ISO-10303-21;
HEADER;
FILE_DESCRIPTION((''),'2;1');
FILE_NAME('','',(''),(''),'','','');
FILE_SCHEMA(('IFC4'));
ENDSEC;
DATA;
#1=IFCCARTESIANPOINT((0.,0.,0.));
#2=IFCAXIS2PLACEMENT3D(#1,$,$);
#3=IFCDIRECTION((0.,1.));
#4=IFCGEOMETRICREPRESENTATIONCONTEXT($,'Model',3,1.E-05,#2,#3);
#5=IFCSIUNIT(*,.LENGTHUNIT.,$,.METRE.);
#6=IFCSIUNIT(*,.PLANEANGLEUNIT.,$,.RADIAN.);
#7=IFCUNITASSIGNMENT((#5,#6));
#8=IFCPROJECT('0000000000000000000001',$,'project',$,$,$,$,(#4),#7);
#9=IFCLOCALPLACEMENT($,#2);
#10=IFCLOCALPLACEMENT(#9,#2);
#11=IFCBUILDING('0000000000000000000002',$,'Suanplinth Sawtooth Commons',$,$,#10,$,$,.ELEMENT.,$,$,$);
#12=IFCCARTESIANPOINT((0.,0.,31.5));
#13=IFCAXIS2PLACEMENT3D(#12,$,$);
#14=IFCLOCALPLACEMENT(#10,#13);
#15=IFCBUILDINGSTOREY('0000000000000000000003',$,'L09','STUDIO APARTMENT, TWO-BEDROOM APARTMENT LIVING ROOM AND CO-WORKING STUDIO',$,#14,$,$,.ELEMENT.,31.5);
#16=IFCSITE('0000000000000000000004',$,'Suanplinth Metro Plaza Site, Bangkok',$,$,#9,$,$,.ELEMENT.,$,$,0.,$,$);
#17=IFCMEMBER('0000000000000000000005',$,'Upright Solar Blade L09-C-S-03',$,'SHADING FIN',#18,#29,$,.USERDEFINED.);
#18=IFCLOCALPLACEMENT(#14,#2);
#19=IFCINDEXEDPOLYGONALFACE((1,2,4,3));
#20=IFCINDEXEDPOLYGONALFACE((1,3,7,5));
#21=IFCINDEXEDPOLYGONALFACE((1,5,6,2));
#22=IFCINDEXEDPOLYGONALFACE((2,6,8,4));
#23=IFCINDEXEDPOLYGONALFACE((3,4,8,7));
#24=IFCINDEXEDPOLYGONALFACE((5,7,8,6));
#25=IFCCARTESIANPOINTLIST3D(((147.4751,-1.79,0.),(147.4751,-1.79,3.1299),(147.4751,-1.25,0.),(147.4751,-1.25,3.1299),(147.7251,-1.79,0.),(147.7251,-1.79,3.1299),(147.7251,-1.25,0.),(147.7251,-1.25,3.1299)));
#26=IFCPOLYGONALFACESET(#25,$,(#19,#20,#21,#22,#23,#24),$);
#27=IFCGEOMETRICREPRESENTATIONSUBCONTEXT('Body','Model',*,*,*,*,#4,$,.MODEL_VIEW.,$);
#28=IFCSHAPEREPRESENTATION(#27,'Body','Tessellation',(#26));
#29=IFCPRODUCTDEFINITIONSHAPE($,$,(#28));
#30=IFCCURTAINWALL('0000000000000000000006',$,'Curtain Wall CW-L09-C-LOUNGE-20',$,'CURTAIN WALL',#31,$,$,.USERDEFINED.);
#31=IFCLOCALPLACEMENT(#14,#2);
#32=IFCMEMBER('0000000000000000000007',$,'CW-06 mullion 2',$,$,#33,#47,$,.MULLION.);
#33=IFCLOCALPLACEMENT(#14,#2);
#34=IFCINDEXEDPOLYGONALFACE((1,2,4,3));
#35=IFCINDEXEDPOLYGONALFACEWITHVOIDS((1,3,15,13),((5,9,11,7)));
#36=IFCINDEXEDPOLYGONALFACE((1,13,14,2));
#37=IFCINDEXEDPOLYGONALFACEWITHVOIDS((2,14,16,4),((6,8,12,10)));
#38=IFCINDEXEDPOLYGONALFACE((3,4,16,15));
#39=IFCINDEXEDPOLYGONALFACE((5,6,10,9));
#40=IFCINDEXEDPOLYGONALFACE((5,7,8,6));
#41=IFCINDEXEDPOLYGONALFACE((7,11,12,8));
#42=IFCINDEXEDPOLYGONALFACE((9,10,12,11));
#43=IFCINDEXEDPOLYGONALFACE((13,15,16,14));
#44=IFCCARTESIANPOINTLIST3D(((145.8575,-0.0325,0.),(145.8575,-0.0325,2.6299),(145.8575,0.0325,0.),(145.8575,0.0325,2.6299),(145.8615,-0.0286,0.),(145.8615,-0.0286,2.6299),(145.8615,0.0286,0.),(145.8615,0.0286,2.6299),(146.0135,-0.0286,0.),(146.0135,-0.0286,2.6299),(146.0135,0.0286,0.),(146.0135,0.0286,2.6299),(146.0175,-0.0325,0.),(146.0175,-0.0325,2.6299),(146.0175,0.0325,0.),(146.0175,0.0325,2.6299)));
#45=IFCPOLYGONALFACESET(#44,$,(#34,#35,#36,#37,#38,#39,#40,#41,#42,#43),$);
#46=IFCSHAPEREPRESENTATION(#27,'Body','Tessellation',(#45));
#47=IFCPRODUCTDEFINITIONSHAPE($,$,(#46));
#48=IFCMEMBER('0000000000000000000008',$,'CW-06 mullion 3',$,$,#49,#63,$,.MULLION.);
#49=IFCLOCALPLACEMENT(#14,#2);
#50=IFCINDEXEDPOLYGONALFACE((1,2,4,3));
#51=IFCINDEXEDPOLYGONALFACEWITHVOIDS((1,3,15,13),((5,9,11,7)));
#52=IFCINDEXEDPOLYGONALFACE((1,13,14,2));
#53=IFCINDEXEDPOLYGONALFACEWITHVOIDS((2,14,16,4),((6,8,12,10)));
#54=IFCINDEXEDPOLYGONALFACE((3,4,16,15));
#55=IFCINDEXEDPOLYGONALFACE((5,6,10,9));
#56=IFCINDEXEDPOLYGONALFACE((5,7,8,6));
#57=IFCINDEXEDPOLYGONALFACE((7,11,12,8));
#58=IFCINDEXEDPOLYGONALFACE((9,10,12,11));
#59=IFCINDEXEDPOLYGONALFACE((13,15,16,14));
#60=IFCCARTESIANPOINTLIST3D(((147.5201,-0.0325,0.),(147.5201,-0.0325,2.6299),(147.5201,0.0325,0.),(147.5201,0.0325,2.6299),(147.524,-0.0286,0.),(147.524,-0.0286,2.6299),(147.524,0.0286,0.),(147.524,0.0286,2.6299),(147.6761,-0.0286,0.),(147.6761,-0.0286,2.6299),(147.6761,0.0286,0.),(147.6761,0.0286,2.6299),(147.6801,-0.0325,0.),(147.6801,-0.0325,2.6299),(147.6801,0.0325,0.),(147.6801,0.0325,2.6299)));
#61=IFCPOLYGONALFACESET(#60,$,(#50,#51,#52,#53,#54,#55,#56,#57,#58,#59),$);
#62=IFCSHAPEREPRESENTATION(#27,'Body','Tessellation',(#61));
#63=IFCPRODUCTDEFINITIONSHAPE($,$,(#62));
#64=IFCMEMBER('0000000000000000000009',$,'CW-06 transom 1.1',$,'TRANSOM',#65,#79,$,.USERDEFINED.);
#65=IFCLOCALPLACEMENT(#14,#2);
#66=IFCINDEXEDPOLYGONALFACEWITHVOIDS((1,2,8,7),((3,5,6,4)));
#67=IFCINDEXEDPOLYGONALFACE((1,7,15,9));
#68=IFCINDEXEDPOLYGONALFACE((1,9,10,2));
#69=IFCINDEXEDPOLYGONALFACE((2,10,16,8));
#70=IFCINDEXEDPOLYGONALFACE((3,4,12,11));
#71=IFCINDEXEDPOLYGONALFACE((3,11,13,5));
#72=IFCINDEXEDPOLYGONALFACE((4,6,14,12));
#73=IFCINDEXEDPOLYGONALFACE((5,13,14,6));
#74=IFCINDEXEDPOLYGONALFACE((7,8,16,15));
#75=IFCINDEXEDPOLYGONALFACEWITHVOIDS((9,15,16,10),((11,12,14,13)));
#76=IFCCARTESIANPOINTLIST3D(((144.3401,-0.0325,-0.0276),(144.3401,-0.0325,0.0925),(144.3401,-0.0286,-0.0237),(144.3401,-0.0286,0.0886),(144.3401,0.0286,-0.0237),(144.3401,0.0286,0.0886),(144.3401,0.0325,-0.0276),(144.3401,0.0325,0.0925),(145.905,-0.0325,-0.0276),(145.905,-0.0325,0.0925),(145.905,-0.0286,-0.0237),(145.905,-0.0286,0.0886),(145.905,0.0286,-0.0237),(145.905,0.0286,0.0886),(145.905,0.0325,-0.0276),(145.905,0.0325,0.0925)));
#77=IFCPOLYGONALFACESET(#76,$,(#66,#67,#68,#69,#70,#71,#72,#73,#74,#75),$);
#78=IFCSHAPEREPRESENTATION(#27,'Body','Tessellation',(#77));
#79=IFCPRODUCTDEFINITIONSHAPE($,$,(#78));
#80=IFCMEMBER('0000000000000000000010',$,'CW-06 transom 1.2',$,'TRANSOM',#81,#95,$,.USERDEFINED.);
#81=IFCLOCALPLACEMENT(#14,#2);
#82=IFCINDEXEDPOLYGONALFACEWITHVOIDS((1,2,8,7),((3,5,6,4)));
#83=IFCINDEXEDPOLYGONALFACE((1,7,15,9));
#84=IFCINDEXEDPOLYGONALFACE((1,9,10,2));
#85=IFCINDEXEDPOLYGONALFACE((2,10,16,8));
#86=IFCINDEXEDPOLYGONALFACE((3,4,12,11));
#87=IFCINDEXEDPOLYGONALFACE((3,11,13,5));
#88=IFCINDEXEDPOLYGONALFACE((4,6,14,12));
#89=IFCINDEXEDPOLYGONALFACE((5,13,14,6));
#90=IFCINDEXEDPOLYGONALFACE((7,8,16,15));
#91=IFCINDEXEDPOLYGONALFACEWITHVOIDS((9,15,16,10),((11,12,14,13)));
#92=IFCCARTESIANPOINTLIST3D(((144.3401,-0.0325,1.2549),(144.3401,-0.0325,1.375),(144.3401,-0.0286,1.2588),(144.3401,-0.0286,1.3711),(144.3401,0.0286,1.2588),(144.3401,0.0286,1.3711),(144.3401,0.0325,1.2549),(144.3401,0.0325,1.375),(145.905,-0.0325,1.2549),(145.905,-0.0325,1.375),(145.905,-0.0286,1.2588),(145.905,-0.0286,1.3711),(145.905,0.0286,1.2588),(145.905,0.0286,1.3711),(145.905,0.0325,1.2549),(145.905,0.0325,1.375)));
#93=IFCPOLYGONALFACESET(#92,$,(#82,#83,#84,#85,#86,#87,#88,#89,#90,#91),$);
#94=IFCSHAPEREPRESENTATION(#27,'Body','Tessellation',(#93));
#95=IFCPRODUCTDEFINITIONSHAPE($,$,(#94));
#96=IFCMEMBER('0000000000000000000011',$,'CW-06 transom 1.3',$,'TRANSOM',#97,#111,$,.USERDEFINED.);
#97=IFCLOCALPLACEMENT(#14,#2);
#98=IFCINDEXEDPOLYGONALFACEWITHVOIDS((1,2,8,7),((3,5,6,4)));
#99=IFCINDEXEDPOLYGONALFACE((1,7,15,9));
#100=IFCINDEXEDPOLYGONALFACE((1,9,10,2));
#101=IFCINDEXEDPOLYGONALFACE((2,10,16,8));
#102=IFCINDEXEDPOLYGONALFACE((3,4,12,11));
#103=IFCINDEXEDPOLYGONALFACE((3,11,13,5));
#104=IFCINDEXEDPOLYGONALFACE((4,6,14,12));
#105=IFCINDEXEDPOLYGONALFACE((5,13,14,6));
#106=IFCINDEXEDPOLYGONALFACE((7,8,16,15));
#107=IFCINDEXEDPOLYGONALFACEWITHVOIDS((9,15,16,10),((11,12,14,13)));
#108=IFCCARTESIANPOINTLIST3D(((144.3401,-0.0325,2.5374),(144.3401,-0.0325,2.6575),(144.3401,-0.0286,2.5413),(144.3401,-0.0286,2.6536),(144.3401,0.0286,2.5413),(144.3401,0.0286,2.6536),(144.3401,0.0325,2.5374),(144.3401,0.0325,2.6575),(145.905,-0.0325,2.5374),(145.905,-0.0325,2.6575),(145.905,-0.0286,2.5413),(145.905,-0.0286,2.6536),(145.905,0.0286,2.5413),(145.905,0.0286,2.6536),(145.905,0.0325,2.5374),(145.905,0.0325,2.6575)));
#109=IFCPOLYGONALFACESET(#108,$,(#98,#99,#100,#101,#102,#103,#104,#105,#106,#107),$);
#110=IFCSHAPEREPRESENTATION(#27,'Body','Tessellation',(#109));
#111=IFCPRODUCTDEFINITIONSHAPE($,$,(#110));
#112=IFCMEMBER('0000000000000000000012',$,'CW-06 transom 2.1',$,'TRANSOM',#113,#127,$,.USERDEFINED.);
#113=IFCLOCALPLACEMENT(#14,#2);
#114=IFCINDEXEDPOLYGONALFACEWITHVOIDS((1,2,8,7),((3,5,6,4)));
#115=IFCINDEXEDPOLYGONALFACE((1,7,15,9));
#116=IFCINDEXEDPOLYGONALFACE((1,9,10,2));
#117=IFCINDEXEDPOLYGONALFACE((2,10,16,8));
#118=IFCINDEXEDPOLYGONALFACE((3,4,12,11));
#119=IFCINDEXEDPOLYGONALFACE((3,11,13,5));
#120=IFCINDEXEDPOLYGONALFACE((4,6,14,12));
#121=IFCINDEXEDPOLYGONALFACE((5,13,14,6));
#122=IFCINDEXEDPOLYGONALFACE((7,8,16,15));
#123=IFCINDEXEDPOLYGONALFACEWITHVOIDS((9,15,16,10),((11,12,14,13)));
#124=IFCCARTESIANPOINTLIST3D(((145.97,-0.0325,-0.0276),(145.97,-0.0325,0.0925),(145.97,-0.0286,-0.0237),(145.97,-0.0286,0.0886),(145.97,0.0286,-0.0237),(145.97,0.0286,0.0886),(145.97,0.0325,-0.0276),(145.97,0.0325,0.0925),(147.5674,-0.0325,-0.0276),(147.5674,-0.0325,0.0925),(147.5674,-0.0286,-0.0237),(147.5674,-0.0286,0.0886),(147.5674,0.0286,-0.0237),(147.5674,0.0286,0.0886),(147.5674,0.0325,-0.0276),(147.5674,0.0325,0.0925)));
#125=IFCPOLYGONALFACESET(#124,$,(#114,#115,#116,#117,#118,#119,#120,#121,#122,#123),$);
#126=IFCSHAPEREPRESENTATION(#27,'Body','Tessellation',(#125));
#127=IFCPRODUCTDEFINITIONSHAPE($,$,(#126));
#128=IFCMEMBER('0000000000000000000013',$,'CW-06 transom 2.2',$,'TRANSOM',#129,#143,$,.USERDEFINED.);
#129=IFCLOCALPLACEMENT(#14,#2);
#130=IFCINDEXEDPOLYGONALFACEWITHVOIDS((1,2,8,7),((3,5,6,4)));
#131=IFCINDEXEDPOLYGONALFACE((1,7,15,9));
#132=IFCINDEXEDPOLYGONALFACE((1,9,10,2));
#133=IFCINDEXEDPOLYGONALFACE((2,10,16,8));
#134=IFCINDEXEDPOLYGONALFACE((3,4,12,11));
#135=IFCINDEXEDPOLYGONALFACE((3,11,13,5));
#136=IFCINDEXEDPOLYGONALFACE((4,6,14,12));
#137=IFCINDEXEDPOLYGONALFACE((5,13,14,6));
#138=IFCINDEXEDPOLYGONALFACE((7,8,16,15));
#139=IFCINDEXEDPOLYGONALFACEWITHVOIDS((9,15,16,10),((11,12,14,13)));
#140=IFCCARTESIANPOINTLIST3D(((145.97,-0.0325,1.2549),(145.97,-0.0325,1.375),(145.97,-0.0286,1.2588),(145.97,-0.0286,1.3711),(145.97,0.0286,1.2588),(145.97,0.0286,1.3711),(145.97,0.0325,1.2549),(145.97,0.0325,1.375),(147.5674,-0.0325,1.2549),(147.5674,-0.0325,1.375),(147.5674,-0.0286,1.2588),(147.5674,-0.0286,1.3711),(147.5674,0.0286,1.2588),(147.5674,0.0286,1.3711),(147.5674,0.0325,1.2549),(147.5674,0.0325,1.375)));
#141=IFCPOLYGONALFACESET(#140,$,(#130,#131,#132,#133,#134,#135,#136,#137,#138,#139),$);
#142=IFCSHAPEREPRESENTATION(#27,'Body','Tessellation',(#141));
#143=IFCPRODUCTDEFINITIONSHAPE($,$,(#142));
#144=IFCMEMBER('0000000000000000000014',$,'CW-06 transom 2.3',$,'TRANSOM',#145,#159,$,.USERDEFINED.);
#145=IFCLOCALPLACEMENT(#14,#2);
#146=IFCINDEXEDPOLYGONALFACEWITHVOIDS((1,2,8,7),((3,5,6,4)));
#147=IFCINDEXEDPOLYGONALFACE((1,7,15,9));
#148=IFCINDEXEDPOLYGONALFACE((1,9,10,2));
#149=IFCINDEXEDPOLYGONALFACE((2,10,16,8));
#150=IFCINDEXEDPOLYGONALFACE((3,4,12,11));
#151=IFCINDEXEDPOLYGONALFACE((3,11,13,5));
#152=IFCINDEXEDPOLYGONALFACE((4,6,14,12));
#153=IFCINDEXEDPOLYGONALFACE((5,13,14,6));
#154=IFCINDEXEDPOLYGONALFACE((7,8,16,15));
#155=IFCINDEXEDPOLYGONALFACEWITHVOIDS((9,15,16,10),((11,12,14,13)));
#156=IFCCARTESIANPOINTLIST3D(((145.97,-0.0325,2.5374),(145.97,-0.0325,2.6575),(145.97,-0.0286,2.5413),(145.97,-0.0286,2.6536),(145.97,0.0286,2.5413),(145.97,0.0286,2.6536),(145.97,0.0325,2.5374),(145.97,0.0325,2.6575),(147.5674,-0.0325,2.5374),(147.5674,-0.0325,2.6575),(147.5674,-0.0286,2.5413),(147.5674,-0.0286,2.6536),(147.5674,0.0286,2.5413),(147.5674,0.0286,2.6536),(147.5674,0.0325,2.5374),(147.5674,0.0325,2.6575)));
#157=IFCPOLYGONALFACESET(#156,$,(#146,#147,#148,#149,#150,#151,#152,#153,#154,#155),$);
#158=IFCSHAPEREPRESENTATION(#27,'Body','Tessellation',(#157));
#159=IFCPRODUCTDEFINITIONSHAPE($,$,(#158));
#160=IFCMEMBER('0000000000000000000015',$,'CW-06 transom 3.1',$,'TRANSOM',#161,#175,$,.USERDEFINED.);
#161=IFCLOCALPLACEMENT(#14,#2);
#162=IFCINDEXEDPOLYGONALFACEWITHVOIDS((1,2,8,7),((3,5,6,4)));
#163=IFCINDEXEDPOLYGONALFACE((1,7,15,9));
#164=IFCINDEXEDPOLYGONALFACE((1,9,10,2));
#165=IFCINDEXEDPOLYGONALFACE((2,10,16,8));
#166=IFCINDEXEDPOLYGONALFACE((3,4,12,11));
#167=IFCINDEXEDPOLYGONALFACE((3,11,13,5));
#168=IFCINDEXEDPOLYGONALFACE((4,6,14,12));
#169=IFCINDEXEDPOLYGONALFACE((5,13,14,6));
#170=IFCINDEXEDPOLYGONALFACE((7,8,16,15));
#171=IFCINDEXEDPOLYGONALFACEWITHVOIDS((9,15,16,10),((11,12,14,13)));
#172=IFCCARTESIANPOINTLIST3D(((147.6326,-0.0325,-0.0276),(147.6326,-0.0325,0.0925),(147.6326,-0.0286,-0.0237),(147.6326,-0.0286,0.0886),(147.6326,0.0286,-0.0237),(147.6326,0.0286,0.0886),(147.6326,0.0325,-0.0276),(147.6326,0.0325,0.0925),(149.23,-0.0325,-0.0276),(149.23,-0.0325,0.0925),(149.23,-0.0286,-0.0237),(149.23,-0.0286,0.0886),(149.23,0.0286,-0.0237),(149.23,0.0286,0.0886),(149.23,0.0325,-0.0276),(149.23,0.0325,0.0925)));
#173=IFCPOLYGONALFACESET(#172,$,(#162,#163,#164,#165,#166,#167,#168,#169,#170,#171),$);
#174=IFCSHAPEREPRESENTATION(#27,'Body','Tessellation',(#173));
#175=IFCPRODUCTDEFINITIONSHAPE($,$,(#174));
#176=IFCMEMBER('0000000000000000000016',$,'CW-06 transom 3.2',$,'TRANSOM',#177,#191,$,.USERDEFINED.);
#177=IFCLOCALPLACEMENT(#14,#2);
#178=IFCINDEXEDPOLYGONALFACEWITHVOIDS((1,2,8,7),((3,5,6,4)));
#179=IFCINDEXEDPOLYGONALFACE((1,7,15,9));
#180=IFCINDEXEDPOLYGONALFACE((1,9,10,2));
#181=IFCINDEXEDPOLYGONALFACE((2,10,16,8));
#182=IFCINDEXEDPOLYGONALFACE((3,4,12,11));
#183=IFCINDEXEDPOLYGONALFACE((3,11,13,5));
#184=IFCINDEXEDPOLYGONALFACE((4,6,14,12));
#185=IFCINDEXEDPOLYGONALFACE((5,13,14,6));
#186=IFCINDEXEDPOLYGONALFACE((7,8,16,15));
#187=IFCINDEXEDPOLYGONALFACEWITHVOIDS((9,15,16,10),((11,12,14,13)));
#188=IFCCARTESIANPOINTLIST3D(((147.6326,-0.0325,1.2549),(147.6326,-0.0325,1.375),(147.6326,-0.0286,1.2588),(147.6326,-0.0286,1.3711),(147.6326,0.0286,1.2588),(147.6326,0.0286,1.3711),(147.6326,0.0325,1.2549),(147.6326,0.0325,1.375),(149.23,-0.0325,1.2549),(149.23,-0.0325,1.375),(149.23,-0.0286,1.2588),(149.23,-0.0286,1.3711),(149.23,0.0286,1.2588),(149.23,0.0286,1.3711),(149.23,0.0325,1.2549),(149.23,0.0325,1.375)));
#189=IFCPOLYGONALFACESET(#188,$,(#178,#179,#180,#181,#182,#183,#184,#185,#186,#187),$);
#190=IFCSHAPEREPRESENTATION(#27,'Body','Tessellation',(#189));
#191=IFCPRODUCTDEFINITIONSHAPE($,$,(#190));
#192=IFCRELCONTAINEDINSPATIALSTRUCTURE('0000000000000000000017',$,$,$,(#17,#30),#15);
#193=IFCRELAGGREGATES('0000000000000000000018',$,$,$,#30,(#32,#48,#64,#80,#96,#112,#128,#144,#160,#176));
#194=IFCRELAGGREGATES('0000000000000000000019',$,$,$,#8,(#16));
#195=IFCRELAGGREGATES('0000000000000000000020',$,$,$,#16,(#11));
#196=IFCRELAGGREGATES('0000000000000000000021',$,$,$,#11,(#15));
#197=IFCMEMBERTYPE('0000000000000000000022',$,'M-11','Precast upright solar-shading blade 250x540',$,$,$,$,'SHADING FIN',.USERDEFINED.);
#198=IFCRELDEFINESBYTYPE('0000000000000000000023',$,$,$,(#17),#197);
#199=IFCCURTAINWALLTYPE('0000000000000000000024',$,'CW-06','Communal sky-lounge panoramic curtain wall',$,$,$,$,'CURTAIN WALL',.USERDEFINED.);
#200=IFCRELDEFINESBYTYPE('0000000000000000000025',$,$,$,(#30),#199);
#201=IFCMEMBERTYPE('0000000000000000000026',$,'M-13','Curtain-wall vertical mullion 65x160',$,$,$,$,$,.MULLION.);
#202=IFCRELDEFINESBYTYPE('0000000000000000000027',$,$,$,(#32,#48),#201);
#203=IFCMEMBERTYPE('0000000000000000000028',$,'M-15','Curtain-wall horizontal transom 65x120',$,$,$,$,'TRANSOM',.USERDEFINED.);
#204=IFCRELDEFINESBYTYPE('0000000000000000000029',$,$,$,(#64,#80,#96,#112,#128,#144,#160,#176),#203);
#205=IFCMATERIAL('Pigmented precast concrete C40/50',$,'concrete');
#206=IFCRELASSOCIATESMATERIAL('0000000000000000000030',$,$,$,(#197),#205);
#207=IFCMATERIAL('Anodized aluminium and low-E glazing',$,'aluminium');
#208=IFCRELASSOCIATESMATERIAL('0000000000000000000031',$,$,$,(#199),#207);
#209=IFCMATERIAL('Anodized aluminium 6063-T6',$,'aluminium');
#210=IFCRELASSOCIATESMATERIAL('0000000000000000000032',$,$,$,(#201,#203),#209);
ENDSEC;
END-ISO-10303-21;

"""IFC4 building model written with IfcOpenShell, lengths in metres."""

from ifc_helpers import new_model, si_unit, direction, frame, origin, origin_2d, place, context, subcontext, project, spatial, rectangle, hollow_rectangle, extrude, material, material_profile, profile_set, type_object, element, aggregate, save


model = new_model("IFC4")

# Units and contexts
model_context = context("Model", 3, precision=1e-05, world=origin(), true_north=direction((0.0, 1.0)))
body_context = subcontext(model_context, "Body", "Model", "MODEL_VIEW")
ifc_project = project(units=[si_unit("LENGTHUNIT", "METRE"), si_unit("PLANEANGLEUNIT", "RADIAN")], contexts=[model_context])

# Site, building, storey
site_placement = place(None, origin())
site = spatial("IfcSite", under=ifc_project, at=site_placement, Name="Suanplinth Metro Plaza Site, Bangkok", CompositionType="ELEMENT", RefElevation=0.0)
building_placement = place(site_placement, origin())
building = spatial("IfcBuilding", under=site, at=building_placement, Name="Suanplinth Sawtooth Commons", CompositionType="ELEMENT")
storey_placement = place(building_placement, frame((0.0, 0.0, 31.5)))
storey = spatial("IfcBuildingStorey", under=building, at=storey_placement, Name="L09", Description="STUDIO APARTMENT, TWO-BEDROOM APARTMENT LIVING ROOM AND CO-WORKING STUDIO", CompositionType="ELEMENT", Elevation=31.5)

# Member
ifc_material_1 = material(Name="Pigmented precast concrete C40/50", Category="concrete")
ifc_material_profile_1 = material_profile(ifc_material_1, rectangle(XDim=0.25, YDim=0.54, at=origin_2d()), Name="PC-FIN 250x540")
ifc_profile_set_1 = profile_set([ifc_material_profile_1], Name="Pigmented precast concrete C40/50")
member_type_1 = type_object("IfcMemberType", Name="M-11", Description="Precast upright solar-shading blade 250x540", ElementType="SHADING FIN", PredefinedType="USERDEFINED", material=ifc_profile_set_1)
member_1_placement = place(storey_placement, frame((147.6001, -1.52, 0.0), z_axis=(0.0, 0.0, 1.0), x_axis=(1.0, 0.0, 0.0)))
element("IfcMember", 1, at=member_1_placement, inside=storey, type_object=member_type_1, Name="Upright Solar Blade L09-C-S-03", ObjectType="SHADING FIN", PredefinedType="USERDEFINED", context=body_context, shape_type="SweptSolid", body=[
    extrude(rectangle(XDim=0.25, YDim=0.54, at=origin_2d()), origin(), (0.0, 0.0, 1.0), 3.1299),
])

# Curtain wall, members
ifc_material_2 = material(Name="Anodized aluminium and low-E glazing", Category="aluminium")
curtain_wall_type = type_object("IfcCurtainWallType", Name="CW-06", Description="Communal sky-lounge panoramic curtain wall", ElementType="CURTAIN WALL", PredefinedType="USERDEFINED", material=ifc_material_2)
curtain_wall_placement = place(storey_placement, origin())
curtain_wall = element("IfcCurtainWall", 2, at=curtain_wall_placement, inside=storey, type_object=curtain_wall_type, Name="Curtain Wall CW-L09-C-LOUNGE-20", ObjectType="CURTAIN WALL", PredefinedType="USERDEFINED")
ifc_material_3 = material(Name="Anodized aluminium 6063-T6", Category="aluminium")
ifc_material_profile_2 = material_profile(ifc_material_3, hollow_rectangle(XDim=0.0649, YDim=0.1599, WallThickness=0.0039, at=origin_2d()), Name="ALU-MUL 65x160")
ifc_profile_set_2 = profile_set([ifc_material_profile_2], Name="Anodized aluminium 6063-T6")
member_type_2 = type_object("IfcMemberType", Name="M-13", Description="Curtain-wall vertical mullion 65x160", PredefinedType="MULLION", material=ifc_profile_set_2)
member_2_placement = place(storey_placement, frame((145.9375, 0.0, 0.0), z_axis=(0.0, 0.0, 1.0), x_axis=(0.0, 1.0, 0.0)))
member_2 = element("IfcMember", 3, at=member_2_placement, type_object=member_type_2, Name="CW-06 mullion 2", PredefinedType="MULLION", context=body_context, shape_type="SweptSolid", body=[
    extrude(hollow_rectangle(XDim=0.0649, YDim=0.1599, WallThickness=0.0039, at=origin_2d()), origin(), (0.0, 0.0, 1.0), 2.6299),
])
member_3_placement = place(storey_placement, frame((147.6001, 0.0, 0.0), z_axis=(0.0, 0.0, 1.0), x_axis=(0.0, 1.0, 0.0)))
member_3 = element("IfcMember", 4, at=member_3_placement, type_object=member_type_2, Name="CW-06 mullion 3", PredefinedType="MULLION", context=body_context, shape_type="SweptSolid", body=[
    extrude(hollow_rectangle(XDim=0.0649, YDim=0.1599, WallThickness=0.0039, at=origin_2d()), origin(), (0.0, 0.0, 1.0), 2.6299),
])
ifc_material_profile_3 = material_profile(ifc_material_3, hollow_rectangle(XDim=0.0649, YDim=0.1201, WallThickness=0.0039, at=origin_2d()), Name="ALU-TRN 65x120")
ifc_profile_set_3 = profile_set([ifc_material_profile_3], Name="Anodized aluminium 6063-T6")
member_type_3 = type_object("IfcMemberType", Name="M-15", Description="Curtain-wall horizontal transom 65x120", ElementType="TRANSOM", PredefinedType="USERDEFINED", material=ifc_profile_set_3)
member_4_placement = place(storey_placement, frame((144.3401, 0.0, 0.0325), z_axis=(1.0, 0.0, 0.0), x_axis=(0.0, 1.0, 0.0)))
member_4 = element("IfcMember", 5, at=member_4_placement, type_object=member_type_3, Name="CW-06 transom 1.1", ObjectType="TRANSOM", PredefinedType="USERDEFINED", context=body_context, shape_type="SweptSolid", body=[
    extrude(hollow_rectangle(XDim=0.0649, YDim=0.1201, WallThickness=0.0039, at=origin_2d()), origin(), (0.0, 0.0, 1.0), 1.5649),
])
member_5_placement = place(storey_placement, frame((144.3401, 0.0, 1.3149), z_axis=(1.0, 0.0, 0.0), x_axis=(0.0, 1.0, 0.0)))
member_5 = element("IfcMember", 6, at=member_5_placement, type_object=member_type_3, Name="CW-06 transom 1.2", ObjectType="TRANSOM", PredefinedType="USERDEFINED", context=body_context, shape_type="SweptSolid", body=[
    extrude(hollow_rectangle(XDim=0.0649, YDim=0.1201, WallThickness=0.0039, at=origin_2d()), origin(), (0.0, 0.0, 1.0), 1.5649),
])
member_6_placement = place(storey_placement, frame((144.3401, 0.0, 2.5974), z_axis=(1.0, 0.0, 0.0), x_axis=(0.0, 1.0, 0.0)))
member_6 = element("IfcMember", 7, at=member_6_placement, type_object=member_type_3, Name="CW-06 transom 1.3", ObjectType="TRANSOM", PredefinedType="USERDEFINED", context=body_context, shape_type="SweptSolid", body=[
    extrude(hollow_rectangle(XDim=0.0649, YDim=0.1201, WallThickness=0.0039, at=origin_2d()), origin(), (0.0, 0.0, 1.0), 1.5649),
])
member_7_placement = place(storey_placement, frame((145.97, 0.0, 0.0325), z_axis=(1.0, 0.0, 0.0), x_axis=(0.0, 1.0, 0.0)))
member_7 = element("IfcMember", 8, at=member_7_placement, type_object=member_type_3, Name="CW-06 transom 2.1", ObjectType="TRANSOM", PredefinedType="USERDEFINED", context=body_context, shape_type="SweptSolid", body=[
    extrude(hollow_rectangle(XDim=0.0649, YDim=0.1201, WallThickness=0.0039, at=origin_2d()), origin(), (0.0, 0.0, 1.0), 1.5974),
])
member_8_placement = place(storey_placement, frame((145.97, 0.0, 1.3149), z_axis=(1.0, 0.0, 0.0), x_axis=(0.0, 1.0, 0.0)))
member_8 = element("IfcMember", 9, at=member_8_placement, type_object=member_type_3, Name="CW-06 transom 2.2", ObjectType="TRANSOM", PredefinedType="USERDEFINED", context=body_context, shape_type="SweptSolid", body=[
    extrude(hollow_rectangle(XDim=0.0649, YDim=0.1201, WallThickness=0.0039, at=origin_2d()), origin(), (0.0, 0.0, 1.0), 1.5974),
])
member_9_placement = place(storey_placement, frame((145.97, 0.0, 2.5974), z_axis=(1.0, 0.0, 0.0), x_axis=(0.0, 1.0, 0.0)))
member_9 = element("IfcMember", 10, at=member_9_placement, type_object=member_type_3, Name="CW-06 transom 2.3", ObjectType="TRANSOM", PredefinedType="USERDEFINED", context=body_context, shape_type="SweptSolid", body=[
    extrude(hollow_rectangle(XDim=0.0649, YDim=0.1201, WallThickness=0.0039, at=origin_2d()), origin(), (0.0, 0.0, 1.0), 1.5974),
])
member_10_placement = place(storey_placement, frame((147.6326, 0.0, 0.0325), z_axis=(1.0, 0.0, 0.0), x_axis=(0.0, 1.0, 0.0)))
member_10 = element("IfcMember", 11, at=member_10_placement, type_object=member_type_3, Name="CW-06 transom 3.1", ObjectType="TRANSOM", PredefinedType="USERDEFINED", context=body_context, shape_type="SweptSolid", body=[
    extrude(hollow_rectangle(XDim=0.0649, YDim=0.1201, WallThickness=0.0039, at=origin_2d()), origin(), (0.0, 0.0, 1.0), 1.5974),
])
member_11_placement = place(storey_placement, frame((147.6326, 0.0, 1.3149), z_axis=(1.0, 0.0, 0.0), x_axis=(0.0, 1.0, 0.0)))
member_11 = element("IfcMember", 12, at=member_11_placement, type_object=member_type_3, Name="CW-06 transom 3.2", ObjectType="TRANSOM", PredefinedType="USERDEFINED", context=body_context, shape_type="SweptSolid", body=[
    extrude(hollow_rectangle(XDim=0.0649, YDim=0.1201, WallThickness=0.0039, at=origin_2d()), origin(), (0.0, 0.0, 1.0), 1.5974),
])
aggregate(curtain_wall, [member_2, member_3, member_4, member_5, member_6, member_7, member_8, member_9, member_10, member_11])

save(model, "model.ifc")
